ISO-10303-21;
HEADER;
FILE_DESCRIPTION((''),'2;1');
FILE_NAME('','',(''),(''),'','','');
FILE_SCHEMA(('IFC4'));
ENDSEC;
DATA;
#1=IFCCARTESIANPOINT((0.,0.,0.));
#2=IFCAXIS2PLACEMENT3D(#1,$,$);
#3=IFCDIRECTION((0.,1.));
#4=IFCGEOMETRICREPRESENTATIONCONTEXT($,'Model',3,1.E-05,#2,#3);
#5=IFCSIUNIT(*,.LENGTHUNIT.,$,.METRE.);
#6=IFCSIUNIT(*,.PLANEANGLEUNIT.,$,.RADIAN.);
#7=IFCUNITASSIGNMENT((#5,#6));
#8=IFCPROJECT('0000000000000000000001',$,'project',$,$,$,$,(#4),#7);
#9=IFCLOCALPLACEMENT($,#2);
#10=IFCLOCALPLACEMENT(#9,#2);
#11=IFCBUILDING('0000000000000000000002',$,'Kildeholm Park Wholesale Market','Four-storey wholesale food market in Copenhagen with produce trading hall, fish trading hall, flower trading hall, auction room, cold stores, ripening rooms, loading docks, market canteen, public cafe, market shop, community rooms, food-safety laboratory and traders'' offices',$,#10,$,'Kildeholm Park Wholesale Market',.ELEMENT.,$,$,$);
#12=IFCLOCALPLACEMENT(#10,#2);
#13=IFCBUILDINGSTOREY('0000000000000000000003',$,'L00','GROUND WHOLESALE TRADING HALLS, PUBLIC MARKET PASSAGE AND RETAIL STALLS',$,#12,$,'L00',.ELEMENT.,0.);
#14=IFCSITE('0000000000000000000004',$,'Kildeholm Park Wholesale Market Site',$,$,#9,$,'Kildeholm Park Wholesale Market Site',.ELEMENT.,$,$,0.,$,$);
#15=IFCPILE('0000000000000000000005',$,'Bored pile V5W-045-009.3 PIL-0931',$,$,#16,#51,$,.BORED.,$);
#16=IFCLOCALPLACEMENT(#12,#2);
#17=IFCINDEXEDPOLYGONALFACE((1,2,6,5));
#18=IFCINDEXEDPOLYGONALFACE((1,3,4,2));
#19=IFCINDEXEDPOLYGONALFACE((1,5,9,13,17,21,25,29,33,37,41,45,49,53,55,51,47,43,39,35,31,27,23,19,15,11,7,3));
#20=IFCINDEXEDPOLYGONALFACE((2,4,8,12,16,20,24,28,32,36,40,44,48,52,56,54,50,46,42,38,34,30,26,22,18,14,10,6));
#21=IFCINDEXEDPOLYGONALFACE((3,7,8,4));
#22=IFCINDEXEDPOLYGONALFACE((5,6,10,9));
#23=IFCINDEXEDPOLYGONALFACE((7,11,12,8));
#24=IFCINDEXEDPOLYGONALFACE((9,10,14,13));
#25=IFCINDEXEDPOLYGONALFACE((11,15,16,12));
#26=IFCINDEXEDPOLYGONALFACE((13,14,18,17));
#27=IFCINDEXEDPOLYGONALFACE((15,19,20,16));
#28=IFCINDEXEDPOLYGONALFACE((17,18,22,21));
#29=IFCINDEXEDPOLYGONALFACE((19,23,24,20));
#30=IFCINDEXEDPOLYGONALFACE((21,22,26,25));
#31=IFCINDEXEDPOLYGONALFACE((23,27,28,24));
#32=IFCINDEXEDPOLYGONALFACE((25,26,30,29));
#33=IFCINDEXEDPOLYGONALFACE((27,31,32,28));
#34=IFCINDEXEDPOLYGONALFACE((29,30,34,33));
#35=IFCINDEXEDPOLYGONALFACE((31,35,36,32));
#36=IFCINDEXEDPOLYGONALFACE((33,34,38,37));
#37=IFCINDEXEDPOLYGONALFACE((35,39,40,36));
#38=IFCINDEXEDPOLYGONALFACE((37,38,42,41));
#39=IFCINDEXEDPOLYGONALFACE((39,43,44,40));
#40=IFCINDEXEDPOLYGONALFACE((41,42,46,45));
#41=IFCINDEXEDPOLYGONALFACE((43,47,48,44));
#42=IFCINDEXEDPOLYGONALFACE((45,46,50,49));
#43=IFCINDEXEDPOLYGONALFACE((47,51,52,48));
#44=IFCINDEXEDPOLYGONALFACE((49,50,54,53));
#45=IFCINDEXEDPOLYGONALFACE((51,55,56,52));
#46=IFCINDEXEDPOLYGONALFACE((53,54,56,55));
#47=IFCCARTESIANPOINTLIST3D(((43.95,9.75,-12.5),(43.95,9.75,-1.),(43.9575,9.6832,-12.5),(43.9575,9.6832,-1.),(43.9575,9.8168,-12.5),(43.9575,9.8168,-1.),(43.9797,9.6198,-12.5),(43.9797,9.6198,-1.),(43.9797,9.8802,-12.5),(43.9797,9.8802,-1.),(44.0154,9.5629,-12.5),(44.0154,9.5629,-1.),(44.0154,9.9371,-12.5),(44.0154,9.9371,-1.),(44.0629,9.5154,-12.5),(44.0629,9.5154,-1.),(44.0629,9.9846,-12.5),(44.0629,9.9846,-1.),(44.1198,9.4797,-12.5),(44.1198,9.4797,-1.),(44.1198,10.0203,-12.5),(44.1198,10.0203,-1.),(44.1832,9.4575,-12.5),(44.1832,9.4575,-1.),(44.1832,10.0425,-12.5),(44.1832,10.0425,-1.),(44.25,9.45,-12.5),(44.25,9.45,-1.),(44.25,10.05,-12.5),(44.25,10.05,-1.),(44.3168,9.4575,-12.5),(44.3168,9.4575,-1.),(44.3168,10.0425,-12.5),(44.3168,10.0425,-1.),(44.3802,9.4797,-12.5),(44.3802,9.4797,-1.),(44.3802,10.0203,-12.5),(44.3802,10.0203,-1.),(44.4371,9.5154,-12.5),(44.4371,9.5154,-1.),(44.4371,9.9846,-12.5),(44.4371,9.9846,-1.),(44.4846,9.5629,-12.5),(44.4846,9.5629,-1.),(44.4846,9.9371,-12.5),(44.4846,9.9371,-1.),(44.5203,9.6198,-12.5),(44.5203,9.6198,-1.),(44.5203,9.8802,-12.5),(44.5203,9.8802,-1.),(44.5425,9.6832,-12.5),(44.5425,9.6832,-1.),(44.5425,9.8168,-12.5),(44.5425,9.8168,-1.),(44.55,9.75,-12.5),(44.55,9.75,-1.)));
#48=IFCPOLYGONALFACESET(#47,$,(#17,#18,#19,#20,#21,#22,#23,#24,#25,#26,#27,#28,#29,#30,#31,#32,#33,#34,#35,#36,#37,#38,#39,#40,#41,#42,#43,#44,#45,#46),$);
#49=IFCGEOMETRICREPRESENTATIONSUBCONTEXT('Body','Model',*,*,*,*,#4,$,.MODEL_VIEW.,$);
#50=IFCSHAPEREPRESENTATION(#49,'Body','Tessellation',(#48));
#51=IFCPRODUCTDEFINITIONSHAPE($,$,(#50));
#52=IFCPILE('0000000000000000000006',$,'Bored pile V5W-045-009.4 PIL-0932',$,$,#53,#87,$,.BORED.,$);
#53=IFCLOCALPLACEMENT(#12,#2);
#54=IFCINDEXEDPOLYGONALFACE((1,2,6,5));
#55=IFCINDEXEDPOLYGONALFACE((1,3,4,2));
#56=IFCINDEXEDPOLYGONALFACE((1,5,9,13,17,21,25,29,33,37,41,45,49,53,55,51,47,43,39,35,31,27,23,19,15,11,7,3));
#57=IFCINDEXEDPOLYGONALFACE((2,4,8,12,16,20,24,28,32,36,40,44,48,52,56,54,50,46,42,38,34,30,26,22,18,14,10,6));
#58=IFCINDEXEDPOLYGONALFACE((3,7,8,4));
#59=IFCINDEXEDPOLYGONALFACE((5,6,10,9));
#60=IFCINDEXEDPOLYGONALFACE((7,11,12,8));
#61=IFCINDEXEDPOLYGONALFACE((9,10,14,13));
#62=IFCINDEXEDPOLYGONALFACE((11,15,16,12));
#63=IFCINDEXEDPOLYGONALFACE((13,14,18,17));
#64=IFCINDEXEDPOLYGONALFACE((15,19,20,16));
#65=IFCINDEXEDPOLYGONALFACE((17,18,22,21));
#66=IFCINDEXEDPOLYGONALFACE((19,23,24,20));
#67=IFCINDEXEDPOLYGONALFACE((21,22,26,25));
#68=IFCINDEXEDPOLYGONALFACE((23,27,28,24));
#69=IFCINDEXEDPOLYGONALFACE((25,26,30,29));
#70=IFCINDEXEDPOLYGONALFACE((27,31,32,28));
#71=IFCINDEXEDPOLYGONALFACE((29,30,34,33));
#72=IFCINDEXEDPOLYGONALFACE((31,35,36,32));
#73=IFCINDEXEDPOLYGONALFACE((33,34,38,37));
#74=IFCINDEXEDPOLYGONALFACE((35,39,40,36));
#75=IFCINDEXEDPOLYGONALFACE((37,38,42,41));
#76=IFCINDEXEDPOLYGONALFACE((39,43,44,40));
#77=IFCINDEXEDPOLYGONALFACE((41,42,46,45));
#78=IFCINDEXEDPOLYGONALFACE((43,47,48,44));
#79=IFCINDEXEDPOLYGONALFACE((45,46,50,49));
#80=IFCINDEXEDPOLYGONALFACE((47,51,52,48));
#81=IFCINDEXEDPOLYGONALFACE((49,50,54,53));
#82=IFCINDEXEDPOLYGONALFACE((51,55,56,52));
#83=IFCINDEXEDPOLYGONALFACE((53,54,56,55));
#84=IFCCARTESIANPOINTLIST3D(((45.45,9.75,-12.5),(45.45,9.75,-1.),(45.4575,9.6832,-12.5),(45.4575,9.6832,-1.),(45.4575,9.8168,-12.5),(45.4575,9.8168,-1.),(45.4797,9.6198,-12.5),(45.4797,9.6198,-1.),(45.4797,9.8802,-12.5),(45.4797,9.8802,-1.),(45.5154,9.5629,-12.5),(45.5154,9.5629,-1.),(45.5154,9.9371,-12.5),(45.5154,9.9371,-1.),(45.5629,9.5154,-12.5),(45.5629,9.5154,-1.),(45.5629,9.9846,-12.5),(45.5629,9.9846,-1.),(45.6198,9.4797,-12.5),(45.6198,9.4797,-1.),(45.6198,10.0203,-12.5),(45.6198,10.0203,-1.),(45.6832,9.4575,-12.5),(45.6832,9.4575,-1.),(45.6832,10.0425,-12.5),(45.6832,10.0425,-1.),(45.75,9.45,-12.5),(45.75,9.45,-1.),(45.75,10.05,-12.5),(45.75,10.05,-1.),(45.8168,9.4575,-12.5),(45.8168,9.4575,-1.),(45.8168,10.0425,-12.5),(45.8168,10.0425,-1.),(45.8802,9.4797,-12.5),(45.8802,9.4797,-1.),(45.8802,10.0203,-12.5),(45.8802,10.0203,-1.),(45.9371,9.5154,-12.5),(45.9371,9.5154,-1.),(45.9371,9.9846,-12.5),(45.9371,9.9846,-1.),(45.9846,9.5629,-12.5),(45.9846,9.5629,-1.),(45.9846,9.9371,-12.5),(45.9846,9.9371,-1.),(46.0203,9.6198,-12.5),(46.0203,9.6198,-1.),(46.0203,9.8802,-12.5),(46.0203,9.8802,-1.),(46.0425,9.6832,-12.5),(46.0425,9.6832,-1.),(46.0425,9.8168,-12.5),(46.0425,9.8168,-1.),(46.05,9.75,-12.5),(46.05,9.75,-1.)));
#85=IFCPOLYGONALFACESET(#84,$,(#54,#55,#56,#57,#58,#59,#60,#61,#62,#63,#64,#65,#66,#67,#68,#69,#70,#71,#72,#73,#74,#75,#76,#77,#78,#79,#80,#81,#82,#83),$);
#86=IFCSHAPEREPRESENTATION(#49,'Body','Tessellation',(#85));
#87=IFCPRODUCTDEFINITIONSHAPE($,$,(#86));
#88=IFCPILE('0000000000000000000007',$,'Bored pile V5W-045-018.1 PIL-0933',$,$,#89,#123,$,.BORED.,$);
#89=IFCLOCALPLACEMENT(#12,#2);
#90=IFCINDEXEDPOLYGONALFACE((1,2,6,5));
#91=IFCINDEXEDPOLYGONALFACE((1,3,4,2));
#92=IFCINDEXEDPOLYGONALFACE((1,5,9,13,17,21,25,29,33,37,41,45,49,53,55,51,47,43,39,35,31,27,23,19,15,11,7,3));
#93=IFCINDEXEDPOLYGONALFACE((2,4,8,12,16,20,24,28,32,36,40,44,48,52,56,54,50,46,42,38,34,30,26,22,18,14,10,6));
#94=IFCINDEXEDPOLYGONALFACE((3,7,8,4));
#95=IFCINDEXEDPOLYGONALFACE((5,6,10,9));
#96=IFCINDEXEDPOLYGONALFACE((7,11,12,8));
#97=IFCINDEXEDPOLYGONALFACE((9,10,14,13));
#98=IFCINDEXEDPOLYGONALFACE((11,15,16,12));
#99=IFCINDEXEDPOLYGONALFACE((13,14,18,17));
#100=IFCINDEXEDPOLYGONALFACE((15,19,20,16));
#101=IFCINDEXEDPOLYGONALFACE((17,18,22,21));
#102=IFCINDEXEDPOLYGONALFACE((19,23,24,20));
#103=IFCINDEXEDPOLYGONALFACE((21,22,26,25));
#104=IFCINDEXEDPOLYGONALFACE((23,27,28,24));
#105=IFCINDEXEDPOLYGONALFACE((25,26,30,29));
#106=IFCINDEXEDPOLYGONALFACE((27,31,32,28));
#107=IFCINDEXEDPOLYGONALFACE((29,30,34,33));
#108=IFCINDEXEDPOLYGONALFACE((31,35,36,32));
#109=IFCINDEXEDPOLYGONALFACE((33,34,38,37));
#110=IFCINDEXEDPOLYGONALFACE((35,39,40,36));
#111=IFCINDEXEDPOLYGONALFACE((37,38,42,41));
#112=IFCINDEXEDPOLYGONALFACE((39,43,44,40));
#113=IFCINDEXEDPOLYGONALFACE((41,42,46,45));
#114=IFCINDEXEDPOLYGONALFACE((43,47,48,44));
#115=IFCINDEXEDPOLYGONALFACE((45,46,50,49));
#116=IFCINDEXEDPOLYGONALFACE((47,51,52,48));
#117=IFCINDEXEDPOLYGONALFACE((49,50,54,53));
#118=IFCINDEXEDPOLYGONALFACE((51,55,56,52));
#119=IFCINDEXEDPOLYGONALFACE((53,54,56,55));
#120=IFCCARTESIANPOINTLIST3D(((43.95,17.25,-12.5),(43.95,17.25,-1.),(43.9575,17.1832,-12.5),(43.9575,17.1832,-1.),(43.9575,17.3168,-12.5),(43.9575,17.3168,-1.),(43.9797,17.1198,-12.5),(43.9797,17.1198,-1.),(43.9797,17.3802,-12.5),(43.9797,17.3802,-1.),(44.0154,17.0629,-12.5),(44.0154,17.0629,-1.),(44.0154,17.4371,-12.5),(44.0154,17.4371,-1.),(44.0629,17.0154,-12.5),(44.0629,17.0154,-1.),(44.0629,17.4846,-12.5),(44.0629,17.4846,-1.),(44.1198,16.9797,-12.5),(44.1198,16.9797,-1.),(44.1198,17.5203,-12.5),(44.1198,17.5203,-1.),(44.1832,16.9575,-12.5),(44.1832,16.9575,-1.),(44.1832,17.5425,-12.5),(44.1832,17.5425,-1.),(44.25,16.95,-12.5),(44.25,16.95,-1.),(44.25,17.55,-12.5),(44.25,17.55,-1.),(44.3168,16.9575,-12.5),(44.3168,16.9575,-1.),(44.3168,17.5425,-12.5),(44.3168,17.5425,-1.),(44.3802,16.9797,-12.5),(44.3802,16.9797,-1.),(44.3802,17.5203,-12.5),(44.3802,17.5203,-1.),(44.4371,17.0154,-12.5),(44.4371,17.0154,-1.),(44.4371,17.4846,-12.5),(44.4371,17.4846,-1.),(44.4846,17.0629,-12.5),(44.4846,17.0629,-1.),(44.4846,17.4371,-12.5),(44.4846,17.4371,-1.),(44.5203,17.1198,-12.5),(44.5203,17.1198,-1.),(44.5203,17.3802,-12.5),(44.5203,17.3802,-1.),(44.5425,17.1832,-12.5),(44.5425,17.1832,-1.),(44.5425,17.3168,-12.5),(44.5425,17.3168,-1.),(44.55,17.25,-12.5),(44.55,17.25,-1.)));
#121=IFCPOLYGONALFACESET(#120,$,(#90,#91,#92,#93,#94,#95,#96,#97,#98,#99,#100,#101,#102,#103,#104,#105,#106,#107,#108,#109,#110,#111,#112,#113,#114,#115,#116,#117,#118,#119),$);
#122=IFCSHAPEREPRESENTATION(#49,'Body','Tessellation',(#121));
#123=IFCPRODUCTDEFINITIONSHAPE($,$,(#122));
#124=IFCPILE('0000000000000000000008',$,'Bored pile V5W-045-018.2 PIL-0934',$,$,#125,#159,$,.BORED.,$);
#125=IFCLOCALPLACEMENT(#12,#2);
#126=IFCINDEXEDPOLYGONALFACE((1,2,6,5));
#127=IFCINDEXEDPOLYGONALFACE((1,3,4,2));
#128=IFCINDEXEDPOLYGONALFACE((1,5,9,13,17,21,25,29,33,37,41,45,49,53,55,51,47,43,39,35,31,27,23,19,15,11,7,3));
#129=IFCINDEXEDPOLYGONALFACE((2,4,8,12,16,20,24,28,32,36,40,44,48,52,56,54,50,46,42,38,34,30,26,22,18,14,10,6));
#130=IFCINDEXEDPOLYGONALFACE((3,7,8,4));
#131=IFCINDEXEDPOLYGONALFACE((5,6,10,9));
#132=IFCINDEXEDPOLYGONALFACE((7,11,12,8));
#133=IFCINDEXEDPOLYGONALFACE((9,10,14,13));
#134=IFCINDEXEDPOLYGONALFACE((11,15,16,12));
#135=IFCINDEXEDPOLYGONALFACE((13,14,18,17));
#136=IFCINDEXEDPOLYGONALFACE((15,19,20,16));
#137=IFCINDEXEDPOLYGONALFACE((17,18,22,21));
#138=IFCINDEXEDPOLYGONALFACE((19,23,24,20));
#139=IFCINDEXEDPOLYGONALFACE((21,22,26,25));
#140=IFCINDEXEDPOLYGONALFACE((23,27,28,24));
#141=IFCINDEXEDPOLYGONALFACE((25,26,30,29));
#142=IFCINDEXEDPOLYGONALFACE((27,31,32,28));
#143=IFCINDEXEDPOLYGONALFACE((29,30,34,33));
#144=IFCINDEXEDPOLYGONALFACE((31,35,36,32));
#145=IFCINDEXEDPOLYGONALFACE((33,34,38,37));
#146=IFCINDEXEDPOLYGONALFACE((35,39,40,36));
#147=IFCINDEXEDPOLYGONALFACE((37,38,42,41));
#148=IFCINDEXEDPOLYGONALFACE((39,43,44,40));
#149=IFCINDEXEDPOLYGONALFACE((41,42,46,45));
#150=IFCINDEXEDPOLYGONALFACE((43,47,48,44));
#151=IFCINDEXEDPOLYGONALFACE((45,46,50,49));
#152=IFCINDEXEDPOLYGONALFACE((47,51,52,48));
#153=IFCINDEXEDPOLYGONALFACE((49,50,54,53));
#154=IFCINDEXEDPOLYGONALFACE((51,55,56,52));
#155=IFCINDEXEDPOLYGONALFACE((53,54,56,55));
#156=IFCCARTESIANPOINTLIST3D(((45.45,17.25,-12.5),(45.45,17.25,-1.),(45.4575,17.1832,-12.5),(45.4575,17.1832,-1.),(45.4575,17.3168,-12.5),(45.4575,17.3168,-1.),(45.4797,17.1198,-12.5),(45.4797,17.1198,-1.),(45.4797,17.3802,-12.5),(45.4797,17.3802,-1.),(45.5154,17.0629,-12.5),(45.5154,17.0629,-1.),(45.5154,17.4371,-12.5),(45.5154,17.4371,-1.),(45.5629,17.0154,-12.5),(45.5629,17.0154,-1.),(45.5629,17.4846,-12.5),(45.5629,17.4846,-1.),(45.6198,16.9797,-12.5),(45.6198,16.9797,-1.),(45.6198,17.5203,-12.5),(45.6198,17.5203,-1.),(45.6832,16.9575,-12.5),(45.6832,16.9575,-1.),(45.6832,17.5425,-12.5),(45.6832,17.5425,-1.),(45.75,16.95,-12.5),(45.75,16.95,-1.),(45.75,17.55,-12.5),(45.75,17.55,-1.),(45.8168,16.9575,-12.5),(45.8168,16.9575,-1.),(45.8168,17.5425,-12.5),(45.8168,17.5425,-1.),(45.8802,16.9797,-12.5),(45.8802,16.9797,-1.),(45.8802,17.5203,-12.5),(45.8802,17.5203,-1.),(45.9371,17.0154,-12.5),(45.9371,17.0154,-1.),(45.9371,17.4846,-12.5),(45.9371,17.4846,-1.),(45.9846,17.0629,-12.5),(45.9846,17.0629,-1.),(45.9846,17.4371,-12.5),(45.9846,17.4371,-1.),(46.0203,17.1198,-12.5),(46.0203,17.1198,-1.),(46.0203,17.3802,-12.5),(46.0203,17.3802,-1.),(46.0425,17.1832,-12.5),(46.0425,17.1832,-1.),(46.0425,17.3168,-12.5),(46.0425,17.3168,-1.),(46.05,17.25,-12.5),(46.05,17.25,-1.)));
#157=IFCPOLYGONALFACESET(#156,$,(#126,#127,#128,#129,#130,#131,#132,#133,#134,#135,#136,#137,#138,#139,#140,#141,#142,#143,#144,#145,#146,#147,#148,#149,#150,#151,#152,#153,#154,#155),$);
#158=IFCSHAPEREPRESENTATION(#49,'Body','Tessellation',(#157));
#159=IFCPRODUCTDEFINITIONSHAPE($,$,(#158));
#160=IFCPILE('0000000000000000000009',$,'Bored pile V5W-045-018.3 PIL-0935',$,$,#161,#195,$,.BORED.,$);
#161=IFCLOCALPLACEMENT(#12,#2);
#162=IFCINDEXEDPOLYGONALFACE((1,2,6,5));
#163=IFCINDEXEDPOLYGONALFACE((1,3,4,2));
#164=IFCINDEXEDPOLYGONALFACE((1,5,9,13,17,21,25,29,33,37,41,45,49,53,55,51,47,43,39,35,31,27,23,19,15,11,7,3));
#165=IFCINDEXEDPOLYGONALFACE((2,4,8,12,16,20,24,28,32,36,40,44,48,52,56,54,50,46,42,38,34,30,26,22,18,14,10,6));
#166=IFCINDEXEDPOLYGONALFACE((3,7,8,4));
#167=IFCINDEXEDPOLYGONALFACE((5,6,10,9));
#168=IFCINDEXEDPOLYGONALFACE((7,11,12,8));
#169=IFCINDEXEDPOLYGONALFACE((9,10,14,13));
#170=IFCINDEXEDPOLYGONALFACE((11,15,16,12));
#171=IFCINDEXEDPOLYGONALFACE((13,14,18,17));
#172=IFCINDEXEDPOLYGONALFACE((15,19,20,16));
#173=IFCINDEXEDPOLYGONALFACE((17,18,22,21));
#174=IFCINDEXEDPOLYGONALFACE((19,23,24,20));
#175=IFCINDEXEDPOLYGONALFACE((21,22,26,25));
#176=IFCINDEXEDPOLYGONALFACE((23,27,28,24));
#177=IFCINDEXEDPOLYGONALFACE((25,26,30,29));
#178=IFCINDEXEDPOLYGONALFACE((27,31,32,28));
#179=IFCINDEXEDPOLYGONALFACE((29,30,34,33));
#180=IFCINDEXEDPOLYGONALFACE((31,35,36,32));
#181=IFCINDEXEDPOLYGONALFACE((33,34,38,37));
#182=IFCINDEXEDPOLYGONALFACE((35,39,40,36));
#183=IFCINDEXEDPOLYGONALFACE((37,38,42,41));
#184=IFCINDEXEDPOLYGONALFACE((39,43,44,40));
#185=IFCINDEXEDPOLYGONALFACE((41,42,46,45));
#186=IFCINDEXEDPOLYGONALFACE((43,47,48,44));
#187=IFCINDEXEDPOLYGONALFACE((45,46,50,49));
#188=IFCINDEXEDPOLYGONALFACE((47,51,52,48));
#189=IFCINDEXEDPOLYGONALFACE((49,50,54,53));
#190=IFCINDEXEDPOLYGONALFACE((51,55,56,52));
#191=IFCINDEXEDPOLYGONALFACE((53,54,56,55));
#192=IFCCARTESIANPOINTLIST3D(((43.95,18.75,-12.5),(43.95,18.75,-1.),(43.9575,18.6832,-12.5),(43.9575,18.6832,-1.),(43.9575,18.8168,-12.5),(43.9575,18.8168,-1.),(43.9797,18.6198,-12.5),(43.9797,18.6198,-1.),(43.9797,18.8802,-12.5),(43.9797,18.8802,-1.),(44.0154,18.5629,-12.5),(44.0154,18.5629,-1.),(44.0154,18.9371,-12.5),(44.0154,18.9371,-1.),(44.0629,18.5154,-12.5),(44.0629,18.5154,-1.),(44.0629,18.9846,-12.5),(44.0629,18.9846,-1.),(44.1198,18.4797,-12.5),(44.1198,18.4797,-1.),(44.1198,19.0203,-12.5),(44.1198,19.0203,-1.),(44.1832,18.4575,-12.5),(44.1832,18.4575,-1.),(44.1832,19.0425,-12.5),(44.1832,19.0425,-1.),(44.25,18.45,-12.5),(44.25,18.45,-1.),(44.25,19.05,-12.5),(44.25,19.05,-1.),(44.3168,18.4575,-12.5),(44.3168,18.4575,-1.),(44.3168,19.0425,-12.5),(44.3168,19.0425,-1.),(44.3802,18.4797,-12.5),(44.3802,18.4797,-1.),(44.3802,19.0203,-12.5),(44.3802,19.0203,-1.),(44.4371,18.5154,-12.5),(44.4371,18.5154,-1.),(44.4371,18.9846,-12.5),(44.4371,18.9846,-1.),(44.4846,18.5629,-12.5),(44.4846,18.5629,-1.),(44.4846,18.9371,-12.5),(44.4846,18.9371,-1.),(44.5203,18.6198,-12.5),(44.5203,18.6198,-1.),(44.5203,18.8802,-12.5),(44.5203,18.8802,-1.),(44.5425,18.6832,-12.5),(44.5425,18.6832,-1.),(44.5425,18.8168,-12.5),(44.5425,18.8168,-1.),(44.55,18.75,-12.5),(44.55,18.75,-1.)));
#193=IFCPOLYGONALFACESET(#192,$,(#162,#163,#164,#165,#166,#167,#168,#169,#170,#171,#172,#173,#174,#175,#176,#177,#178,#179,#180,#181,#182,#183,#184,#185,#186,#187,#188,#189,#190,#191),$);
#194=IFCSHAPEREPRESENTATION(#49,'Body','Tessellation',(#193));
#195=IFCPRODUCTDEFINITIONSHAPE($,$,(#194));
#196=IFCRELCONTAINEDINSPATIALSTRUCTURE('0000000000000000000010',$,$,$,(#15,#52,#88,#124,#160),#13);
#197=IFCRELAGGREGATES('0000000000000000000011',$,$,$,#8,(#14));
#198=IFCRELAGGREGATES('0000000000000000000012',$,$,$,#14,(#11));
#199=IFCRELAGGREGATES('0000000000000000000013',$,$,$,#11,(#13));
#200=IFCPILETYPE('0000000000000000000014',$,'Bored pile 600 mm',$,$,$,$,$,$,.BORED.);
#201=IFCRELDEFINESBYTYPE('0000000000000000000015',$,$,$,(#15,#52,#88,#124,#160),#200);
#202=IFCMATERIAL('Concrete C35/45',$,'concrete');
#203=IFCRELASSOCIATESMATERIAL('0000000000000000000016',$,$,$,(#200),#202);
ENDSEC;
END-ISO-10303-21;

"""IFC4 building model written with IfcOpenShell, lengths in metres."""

from ifc_helpers import new_model, si_unit, direction, frame, origin, origin_2d, place, context, subcontext, project, spatial, circle, extrude, material, material_profile, profile_set, type_object, element, save


model = new_model("IFC4")

# Units and contexts
model_context = context("Model", 3, precision=1e-05, world=origin(), true_north=direction((0.0, 1.0)))
body_context = subcontext(model_context, "Body", "Model", "MODEL_VIEW")
ifc_project = project(units=[si_unit("LENGTHUNIT", "METRE"), si_unit("PLANEANGLEUNIT", "RADIAN")], contexts=[model_context])

# Site, building, storey
site_placement = place(None, origin())
site = spatial("IfcSite", under=ifc_project, at=site_placement, Name="Kildeholm Park Wholesale Market Site", LongName="Kildeholm Park Wholesale Market Site", CompositionType="ELEMENT", RefElevation=0.0)
building_placement = place(site_placement, origin())
building = spatial("IfcBuilding", under=site, at=building_placement, Name="Kildeholm Park Wholesale Market", Description="Four-storey wholesale food market in Copenhagen with produce trading hall, fish trading hall, flower trading hall, auction room, cold stores, ripening rooms, loading docks, market canteen, public cafe, market shop, community rooms, food-safety laboratory and traders' offices", LongName="Kildeholm Park Wholesale Market", CompositionType="ELEMENT")
storey_placement = place(building_placement, origin())
storey = spatial("IfcBuildingStorey", under=building, at=storey_placement, Name="L00", Description="GROUND WHOLESALE TRADING HALLS, PUBLIC MARKET PASSAGE AND RETAIL STALLS", LongName="L00", CompositionType="ELEMENT", Elevation=0.0)

# Piles
ifc_material_1 = material(Name="Concrete C35/45", Category="concrete")
ifc_material_profile_1 = material_profile(ifc_material_1, circle(Radius=0.3, at=origin_2d()), Name="PILE D600")
ifc_profile_set_1 = profile_set([ifc_material_profile_1], Name="Concrete C35/45")
pile_type = type_object("IfcPileType", Name="Bored pile 600 mm", PredefinedType="BORED", material=ifc_profile_set_1)
for number, where, z_axis, x_axis, name in (
    (1, (44.25, 9.75, -1.0), (0.0, 0.0, -1.0), (1.0, 0.0, 0.0), "Bored pile V5W-045-009.3 PIL-0931"),
    (2, (45.75, 9.75, -1.0), (0.0, 0.0, -1.0), (1.0, 0.0, 0.0), "Bored pile V5W-045-009.4 PIL-0932"),
    (3, (44.25, 17.25, -1.0), (0.0, 0.0, -1.0), (1.0, 0.0, 0.0), "Bored pile V5W-045-018.1 PIL-0933"),
    (4, (45.75, 17.25, -1.0), (0.0, 0.0, -1.0), (1.0, 0.0, 0.0), "Bored pile V5W-045-018.2 PIL-0934"),
    (5, (44.25, 18.75, -1.0), (0.0, 0.0, -1.0), (1.0, 0.0, 0.0), "Bored pile V5W-045-018.3 PIL-0935"),
):
    element("IfcPile", number, at=place(storey_placement, frame(where, z_axis=z_axis, x_axis=x_axis)), inside=storey, type_object=pile_type, Name=name, PredefinedType="BORED", context=body_context, shape_type="SweptSolid", body=[
        extrude(circle(Radius=0.3, at=origin_2d()), origin(), (0.0, 0.0, 1.0), 11.5),
    ])

save(model, "model.ifc")
